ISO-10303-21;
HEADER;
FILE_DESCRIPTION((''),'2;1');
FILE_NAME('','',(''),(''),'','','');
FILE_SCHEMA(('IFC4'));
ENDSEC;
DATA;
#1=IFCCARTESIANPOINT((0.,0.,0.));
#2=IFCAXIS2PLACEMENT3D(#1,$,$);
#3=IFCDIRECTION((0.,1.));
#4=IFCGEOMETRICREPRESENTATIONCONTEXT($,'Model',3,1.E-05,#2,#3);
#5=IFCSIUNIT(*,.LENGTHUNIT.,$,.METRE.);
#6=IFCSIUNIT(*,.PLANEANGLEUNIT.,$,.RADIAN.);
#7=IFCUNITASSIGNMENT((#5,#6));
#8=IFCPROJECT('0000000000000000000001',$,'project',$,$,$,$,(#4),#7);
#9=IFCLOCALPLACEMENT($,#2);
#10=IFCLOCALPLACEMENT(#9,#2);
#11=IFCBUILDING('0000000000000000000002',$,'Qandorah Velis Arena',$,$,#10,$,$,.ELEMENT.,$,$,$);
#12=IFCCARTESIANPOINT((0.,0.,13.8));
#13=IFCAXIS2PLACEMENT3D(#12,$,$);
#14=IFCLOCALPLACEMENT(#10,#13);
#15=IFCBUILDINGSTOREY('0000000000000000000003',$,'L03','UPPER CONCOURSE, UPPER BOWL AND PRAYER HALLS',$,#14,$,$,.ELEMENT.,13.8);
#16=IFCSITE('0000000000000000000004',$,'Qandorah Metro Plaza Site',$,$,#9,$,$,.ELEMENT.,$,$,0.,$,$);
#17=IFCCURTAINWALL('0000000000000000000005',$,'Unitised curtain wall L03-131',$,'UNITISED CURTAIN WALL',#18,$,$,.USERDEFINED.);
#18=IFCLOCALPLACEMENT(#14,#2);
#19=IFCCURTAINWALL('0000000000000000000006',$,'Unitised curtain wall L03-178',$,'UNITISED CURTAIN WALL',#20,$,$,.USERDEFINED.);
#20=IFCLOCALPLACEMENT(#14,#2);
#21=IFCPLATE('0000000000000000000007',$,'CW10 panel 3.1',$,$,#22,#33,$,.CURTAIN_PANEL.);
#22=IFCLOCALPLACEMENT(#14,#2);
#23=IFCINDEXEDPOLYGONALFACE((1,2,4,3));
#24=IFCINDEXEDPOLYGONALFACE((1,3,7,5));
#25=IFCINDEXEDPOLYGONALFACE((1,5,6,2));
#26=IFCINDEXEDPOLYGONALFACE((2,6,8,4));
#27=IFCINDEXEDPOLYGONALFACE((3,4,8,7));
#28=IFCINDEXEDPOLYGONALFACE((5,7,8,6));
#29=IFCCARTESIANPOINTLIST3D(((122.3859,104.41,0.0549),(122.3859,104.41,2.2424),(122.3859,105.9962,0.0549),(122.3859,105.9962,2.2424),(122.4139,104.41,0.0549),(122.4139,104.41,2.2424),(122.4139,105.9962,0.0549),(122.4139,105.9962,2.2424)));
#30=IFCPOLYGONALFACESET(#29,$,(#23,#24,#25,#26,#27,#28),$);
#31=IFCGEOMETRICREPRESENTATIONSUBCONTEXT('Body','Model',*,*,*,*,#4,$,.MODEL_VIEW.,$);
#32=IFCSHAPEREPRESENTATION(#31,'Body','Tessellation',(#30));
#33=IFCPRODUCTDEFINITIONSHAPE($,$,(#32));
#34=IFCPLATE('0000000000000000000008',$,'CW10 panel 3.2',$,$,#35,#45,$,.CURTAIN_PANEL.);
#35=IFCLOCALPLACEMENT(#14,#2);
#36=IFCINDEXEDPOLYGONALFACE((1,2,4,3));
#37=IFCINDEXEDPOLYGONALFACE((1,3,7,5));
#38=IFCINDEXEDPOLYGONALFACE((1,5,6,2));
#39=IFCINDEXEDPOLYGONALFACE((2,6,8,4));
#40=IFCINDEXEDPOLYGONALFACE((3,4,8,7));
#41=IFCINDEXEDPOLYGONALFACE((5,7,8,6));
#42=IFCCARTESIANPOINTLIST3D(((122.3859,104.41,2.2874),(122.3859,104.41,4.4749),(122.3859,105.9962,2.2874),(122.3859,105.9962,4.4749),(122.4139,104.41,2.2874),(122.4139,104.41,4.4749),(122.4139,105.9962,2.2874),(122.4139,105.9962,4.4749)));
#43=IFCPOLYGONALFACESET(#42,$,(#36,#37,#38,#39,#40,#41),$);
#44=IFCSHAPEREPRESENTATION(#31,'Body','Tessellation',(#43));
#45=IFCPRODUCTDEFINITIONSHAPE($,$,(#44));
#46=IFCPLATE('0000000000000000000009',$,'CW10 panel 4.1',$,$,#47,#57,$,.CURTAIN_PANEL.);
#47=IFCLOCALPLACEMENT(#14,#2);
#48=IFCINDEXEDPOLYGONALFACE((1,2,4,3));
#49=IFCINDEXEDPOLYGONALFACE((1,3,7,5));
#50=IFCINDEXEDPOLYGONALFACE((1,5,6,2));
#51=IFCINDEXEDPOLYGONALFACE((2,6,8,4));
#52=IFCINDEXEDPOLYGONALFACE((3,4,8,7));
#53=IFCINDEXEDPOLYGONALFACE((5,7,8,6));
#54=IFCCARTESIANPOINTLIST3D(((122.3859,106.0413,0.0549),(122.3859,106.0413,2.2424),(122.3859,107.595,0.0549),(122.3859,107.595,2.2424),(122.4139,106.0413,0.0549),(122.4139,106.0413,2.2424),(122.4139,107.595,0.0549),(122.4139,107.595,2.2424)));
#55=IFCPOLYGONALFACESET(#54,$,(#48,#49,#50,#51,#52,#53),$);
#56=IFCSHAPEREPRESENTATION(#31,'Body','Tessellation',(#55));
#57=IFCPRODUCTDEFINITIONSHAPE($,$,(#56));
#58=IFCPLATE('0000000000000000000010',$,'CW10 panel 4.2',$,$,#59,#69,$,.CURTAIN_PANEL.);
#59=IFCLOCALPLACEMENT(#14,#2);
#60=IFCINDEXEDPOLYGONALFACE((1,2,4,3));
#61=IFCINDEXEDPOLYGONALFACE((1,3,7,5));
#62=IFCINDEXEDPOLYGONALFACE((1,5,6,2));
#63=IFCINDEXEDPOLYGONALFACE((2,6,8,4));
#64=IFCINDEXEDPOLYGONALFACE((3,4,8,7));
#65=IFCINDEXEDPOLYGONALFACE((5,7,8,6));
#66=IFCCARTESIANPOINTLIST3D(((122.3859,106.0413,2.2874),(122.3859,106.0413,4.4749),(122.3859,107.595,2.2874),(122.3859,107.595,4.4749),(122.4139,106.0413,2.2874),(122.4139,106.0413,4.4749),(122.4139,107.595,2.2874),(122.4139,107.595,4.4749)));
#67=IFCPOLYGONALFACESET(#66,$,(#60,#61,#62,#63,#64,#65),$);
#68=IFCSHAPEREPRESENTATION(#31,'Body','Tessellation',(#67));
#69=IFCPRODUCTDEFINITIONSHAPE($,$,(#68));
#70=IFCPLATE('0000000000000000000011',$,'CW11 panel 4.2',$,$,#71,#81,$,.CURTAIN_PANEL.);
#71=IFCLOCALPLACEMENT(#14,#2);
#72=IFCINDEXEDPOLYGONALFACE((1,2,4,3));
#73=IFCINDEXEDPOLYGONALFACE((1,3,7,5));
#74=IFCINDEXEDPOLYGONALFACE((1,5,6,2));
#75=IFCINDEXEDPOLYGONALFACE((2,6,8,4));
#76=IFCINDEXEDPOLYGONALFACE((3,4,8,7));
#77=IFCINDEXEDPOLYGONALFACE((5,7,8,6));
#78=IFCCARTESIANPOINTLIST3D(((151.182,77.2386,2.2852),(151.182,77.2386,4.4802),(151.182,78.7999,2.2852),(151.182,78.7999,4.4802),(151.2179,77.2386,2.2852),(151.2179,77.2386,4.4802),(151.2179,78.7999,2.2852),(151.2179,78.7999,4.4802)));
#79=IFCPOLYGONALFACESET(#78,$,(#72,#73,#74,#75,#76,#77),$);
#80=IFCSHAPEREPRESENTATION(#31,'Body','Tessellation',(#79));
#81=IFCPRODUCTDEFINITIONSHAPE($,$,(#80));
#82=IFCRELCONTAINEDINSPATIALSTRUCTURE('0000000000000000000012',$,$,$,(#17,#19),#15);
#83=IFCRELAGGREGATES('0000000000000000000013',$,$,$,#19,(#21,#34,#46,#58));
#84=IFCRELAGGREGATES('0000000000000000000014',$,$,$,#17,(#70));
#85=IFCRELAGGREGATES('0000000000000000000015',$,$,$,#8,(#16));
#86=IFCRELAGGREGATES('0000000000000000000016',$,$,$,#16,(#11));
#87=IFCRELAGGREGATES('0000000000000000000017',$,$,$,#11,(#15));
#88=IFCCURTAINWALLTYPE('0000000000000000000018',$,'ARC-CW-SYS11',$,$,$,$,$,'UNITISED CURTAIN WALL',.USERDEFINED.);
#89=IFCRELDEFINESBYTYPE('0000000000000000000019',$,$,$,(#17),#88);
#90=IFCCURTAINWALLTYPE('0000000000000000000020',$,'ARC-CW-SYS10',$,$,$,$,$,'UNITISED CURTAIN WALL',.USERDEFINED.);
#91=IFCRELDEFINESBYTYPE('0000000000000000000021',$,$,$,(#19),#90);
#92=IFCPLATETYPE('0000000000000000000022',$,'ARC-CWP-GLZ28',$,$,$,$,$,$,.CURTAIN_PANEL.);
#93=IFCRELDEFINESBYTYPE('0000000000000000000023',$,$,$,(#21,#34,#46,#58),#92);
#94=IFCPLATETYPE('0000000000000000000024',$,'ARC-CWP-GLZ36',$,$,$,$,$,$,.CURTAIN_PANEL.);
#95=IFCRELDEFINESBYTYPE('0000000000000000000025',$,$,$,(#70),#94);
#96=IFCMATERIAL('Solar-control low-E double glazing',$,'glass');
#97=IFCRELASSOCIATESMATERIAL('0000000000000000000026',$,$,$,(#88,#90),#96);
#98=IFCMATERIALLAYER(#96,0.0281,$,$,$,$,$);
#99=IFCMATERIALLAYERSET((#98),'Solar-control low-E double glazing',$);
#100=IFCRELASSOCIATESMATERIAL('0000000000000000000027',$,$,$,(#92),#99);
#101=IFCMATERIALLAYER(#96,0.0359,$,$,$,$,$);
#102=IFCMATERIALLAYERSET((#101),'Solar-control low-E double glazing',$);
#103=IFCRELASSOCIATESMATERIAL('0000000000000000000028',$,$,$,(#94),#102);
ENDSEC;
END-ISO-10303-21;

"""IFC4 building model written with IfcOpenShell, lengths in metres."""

from ifc_helpers import new_model, si_unit, direction, frame, origin, origin_2d, place, context, subcontext, project, spatial, rectangle, extrude, material, layer, layer_set, type_object, element, aggregate, save


model = new_model("IFC4")

# Units and contexts
model_context = context("Model", 3, precision=1e-05, world=origin(), true_north=direction((0.0, 1.0)))
body_context = subcontext(model_context, "Body", "Model", "MODEL_VIEW")
ifc_project = project(units=[si_unit("LENGTHUNIT", "METRE"), si_unit("PLANEANGLEUNIT", "RADIAN")], contexts=[model_context])

# Site, building, storey
site_placement = place(None, origin())
site = spatial("IfcSite", under=ifc_project, at=site_placement, Name="Qandorah Metro Plaza Site", CompositionType="ELEMENT", RefElevation=0.0)
building_placement = place(site_placement, origin())
building = spatial("IfcBuilding", under=site, at=building_placement, Name="Qandorah Velis Arena", CompositionType="ELEMENT")
storey_placement = place(building_placement, frame((0.0, 0.0, 13.8)))
storey = spatial("IfcBuildingStorey", under=building, at=storey_placement, Name="L03", Description="UPPER CONCOURSE, UPPER BOWL AND PRAYER HALLS", CompositionType="ELEMENT", Elevation=13.8)

# Curtain wall
ifc_material_1 = material(Name="Solar-control low-E double glazing", Category="glass")
curtain_wall_type_1 = type_object("IfcCurtainWallType", Name="ARC-CW-SYS11", ElementType="UNITISED CURTAIN WALL", PredefinedType="USERDEFINED", material=ifc_material_1)
curtain_wall_1_placement = place(storey_placement, origin())
curtain_wall_1 = element("IfcCurtainWall", 1, at=curtain_wall_1_placement, inside=storey, type_object=curtain_wall_type_1, Name="Unitised curtain wall L03-131", ObjectType="UNITISED CURTAIN WALL", PredefinedType="USERDEFINED")

# Curtain wall
curtain_wall_type_2 = type_object("IfcCurtainWallType", Name="ARC-CW-SYS10", ElementType="UNITISED CURTAIN WALL", PredefinedType="USERDEFINED", material=ifc_material_1)
curtain_wall_2_placement = place(storey_placement, origin())
curtain_wall_2 = element("IfcCurtainWall", 2, at=curtain_wall_2_placement, inside=storey, type_object=curtain_wall_type_2, Name="Unitised curtain wall L03-178", ObjectType="UNITISED CURTAIN WALL", PredefinedType="USERDEFINED")

# Plates
ifc_layer_1 = layer(ifc_material_1, 0.0281)
ifc_layer_set_1 = layer_set([ifc_layer_1], Name="Solar-control low-E double glazing")
plate_type_1 = type_object("IfcPlateType", Name="ARC-CWP-GLZ28", PredefinedType="CURTAIN_PANEL", material=ifc_layer_set_1)
plate_1_placement = place(storey_placement, frame((122.3999, 105.2031, 0.0549), z_axis=(0.0, 0.0, 1.0), x_axis=(0.0, 1.0, 0.0)))
plate_1 = element("IfcPlate", 3, at=plate_1_placement, type_object=plate_type_1, Name="CW10 panel 3.1", PredefinedType="CURTAIN_PANEL", context=body_context, shape_type="SweptSolid", body=[
    extrude(rectangle(XDim=1.5862, YDim=0.0281, at=origin_2d()), origin(), (0.0, 0.0, 1.0), 2.1875),
])
plate_2_placement = place(storey_placement, frame((122.3999, 105.2031, 2.2874), z_axis=(0.0, 0.0, 1.0), x_axis=(0.0, 1.0, 0.0)))
plate_2 = element("IfcPlate", 4, at=plate_2_placement, type_object=plate_type_1, Name="CW10 panel 3.2", PredefinedType="CURTAIN_PANEL", context=body_context, shape_type="SweptSolid", body=[
    extrude(rectangle(XDim=1.5862, YDim=0.0281, at=origin_2d()), origin(), (0.0, 0.0, 1.0), 2.1875),
])
plate_3_placement = place(storey_placement, frame((122.3999, 106.8181, 0.0549), z_axis=(0.0, 0.0, 1.0), x_axis=(0.0, 1.0, 0.0)))
plate_3 = element("IfcPlate", 5, at=plate_3_placement, type_object=plate_type_1, Name="CW10 panel 4.1", PredefinedType="CURTAIN_PANEL", context=body_context, shape_type="SweptSolid", body=[
    extrude(rectangle(XDim=1.5537, YDim=0.0281, at=origin_2d()), origin(), (0.0, 0.0, 1.0), 2.1875),
])
plate_4_placement = place(storey_placement, frame((122.3999, 106.8181, 2.2874), z_axis=(0.0, 0.0, 1.0), x_axis=(0.0, 1.0, 0.0)))
plate_4 = element("IfcPlate", 6, at=plate_4_placement, type_object=plate_type_1, Name="CW10 panel 4.2", PredefinedType="CURTAIN_PANEL", context=body_context, shape_type="SweptSolid", body=[
    extrude(rectangle(XDim=1.5537, YDim=0.0281, at=origin_2d()), origin(), (0.0, 0.0, 1.0), 2.1875),
])
aggregate(curtain_wall_2, [plate_1, plate_2, plate_3, plate_4])
ifc_layer_2 = layer(ifc_material_1, 0.0359)
ifc_layer_set_2 = layer_set([ifc_layer_2], Name="Solar-control low-E double glazing")
plate_type_2 = type_object("IfcPlateType", Name="ARC-CWP-GLZ36", PredefinedType="CURTAIN_PANEL", material=ifc_layer_set_2)
plate_5_placement = place(storey_placement, frame((151.2, 78.0193, 2.2852), z_axis=(0.0, 0.0, 1.0), x_axis=(0.0, 1.0, 0.0)))
plate_5 = element("IfcPlate", 7, at=plate_5_placement, type_object=plate_type_2, Name="CW11 panel 4.2", PredefinedType="CURTAIN_PANEL", context=body_context, shape_type="SweptSolid", body=[
    extrude(rectangle(XDim=1.5613, YDim=0.0359, at=origin_2d()), origin(), (0.0, 0.0, 1.0), 2.1951),
])
aggregate(curtain_wall_1, [plate_5])

save(model, "model.ifc")
